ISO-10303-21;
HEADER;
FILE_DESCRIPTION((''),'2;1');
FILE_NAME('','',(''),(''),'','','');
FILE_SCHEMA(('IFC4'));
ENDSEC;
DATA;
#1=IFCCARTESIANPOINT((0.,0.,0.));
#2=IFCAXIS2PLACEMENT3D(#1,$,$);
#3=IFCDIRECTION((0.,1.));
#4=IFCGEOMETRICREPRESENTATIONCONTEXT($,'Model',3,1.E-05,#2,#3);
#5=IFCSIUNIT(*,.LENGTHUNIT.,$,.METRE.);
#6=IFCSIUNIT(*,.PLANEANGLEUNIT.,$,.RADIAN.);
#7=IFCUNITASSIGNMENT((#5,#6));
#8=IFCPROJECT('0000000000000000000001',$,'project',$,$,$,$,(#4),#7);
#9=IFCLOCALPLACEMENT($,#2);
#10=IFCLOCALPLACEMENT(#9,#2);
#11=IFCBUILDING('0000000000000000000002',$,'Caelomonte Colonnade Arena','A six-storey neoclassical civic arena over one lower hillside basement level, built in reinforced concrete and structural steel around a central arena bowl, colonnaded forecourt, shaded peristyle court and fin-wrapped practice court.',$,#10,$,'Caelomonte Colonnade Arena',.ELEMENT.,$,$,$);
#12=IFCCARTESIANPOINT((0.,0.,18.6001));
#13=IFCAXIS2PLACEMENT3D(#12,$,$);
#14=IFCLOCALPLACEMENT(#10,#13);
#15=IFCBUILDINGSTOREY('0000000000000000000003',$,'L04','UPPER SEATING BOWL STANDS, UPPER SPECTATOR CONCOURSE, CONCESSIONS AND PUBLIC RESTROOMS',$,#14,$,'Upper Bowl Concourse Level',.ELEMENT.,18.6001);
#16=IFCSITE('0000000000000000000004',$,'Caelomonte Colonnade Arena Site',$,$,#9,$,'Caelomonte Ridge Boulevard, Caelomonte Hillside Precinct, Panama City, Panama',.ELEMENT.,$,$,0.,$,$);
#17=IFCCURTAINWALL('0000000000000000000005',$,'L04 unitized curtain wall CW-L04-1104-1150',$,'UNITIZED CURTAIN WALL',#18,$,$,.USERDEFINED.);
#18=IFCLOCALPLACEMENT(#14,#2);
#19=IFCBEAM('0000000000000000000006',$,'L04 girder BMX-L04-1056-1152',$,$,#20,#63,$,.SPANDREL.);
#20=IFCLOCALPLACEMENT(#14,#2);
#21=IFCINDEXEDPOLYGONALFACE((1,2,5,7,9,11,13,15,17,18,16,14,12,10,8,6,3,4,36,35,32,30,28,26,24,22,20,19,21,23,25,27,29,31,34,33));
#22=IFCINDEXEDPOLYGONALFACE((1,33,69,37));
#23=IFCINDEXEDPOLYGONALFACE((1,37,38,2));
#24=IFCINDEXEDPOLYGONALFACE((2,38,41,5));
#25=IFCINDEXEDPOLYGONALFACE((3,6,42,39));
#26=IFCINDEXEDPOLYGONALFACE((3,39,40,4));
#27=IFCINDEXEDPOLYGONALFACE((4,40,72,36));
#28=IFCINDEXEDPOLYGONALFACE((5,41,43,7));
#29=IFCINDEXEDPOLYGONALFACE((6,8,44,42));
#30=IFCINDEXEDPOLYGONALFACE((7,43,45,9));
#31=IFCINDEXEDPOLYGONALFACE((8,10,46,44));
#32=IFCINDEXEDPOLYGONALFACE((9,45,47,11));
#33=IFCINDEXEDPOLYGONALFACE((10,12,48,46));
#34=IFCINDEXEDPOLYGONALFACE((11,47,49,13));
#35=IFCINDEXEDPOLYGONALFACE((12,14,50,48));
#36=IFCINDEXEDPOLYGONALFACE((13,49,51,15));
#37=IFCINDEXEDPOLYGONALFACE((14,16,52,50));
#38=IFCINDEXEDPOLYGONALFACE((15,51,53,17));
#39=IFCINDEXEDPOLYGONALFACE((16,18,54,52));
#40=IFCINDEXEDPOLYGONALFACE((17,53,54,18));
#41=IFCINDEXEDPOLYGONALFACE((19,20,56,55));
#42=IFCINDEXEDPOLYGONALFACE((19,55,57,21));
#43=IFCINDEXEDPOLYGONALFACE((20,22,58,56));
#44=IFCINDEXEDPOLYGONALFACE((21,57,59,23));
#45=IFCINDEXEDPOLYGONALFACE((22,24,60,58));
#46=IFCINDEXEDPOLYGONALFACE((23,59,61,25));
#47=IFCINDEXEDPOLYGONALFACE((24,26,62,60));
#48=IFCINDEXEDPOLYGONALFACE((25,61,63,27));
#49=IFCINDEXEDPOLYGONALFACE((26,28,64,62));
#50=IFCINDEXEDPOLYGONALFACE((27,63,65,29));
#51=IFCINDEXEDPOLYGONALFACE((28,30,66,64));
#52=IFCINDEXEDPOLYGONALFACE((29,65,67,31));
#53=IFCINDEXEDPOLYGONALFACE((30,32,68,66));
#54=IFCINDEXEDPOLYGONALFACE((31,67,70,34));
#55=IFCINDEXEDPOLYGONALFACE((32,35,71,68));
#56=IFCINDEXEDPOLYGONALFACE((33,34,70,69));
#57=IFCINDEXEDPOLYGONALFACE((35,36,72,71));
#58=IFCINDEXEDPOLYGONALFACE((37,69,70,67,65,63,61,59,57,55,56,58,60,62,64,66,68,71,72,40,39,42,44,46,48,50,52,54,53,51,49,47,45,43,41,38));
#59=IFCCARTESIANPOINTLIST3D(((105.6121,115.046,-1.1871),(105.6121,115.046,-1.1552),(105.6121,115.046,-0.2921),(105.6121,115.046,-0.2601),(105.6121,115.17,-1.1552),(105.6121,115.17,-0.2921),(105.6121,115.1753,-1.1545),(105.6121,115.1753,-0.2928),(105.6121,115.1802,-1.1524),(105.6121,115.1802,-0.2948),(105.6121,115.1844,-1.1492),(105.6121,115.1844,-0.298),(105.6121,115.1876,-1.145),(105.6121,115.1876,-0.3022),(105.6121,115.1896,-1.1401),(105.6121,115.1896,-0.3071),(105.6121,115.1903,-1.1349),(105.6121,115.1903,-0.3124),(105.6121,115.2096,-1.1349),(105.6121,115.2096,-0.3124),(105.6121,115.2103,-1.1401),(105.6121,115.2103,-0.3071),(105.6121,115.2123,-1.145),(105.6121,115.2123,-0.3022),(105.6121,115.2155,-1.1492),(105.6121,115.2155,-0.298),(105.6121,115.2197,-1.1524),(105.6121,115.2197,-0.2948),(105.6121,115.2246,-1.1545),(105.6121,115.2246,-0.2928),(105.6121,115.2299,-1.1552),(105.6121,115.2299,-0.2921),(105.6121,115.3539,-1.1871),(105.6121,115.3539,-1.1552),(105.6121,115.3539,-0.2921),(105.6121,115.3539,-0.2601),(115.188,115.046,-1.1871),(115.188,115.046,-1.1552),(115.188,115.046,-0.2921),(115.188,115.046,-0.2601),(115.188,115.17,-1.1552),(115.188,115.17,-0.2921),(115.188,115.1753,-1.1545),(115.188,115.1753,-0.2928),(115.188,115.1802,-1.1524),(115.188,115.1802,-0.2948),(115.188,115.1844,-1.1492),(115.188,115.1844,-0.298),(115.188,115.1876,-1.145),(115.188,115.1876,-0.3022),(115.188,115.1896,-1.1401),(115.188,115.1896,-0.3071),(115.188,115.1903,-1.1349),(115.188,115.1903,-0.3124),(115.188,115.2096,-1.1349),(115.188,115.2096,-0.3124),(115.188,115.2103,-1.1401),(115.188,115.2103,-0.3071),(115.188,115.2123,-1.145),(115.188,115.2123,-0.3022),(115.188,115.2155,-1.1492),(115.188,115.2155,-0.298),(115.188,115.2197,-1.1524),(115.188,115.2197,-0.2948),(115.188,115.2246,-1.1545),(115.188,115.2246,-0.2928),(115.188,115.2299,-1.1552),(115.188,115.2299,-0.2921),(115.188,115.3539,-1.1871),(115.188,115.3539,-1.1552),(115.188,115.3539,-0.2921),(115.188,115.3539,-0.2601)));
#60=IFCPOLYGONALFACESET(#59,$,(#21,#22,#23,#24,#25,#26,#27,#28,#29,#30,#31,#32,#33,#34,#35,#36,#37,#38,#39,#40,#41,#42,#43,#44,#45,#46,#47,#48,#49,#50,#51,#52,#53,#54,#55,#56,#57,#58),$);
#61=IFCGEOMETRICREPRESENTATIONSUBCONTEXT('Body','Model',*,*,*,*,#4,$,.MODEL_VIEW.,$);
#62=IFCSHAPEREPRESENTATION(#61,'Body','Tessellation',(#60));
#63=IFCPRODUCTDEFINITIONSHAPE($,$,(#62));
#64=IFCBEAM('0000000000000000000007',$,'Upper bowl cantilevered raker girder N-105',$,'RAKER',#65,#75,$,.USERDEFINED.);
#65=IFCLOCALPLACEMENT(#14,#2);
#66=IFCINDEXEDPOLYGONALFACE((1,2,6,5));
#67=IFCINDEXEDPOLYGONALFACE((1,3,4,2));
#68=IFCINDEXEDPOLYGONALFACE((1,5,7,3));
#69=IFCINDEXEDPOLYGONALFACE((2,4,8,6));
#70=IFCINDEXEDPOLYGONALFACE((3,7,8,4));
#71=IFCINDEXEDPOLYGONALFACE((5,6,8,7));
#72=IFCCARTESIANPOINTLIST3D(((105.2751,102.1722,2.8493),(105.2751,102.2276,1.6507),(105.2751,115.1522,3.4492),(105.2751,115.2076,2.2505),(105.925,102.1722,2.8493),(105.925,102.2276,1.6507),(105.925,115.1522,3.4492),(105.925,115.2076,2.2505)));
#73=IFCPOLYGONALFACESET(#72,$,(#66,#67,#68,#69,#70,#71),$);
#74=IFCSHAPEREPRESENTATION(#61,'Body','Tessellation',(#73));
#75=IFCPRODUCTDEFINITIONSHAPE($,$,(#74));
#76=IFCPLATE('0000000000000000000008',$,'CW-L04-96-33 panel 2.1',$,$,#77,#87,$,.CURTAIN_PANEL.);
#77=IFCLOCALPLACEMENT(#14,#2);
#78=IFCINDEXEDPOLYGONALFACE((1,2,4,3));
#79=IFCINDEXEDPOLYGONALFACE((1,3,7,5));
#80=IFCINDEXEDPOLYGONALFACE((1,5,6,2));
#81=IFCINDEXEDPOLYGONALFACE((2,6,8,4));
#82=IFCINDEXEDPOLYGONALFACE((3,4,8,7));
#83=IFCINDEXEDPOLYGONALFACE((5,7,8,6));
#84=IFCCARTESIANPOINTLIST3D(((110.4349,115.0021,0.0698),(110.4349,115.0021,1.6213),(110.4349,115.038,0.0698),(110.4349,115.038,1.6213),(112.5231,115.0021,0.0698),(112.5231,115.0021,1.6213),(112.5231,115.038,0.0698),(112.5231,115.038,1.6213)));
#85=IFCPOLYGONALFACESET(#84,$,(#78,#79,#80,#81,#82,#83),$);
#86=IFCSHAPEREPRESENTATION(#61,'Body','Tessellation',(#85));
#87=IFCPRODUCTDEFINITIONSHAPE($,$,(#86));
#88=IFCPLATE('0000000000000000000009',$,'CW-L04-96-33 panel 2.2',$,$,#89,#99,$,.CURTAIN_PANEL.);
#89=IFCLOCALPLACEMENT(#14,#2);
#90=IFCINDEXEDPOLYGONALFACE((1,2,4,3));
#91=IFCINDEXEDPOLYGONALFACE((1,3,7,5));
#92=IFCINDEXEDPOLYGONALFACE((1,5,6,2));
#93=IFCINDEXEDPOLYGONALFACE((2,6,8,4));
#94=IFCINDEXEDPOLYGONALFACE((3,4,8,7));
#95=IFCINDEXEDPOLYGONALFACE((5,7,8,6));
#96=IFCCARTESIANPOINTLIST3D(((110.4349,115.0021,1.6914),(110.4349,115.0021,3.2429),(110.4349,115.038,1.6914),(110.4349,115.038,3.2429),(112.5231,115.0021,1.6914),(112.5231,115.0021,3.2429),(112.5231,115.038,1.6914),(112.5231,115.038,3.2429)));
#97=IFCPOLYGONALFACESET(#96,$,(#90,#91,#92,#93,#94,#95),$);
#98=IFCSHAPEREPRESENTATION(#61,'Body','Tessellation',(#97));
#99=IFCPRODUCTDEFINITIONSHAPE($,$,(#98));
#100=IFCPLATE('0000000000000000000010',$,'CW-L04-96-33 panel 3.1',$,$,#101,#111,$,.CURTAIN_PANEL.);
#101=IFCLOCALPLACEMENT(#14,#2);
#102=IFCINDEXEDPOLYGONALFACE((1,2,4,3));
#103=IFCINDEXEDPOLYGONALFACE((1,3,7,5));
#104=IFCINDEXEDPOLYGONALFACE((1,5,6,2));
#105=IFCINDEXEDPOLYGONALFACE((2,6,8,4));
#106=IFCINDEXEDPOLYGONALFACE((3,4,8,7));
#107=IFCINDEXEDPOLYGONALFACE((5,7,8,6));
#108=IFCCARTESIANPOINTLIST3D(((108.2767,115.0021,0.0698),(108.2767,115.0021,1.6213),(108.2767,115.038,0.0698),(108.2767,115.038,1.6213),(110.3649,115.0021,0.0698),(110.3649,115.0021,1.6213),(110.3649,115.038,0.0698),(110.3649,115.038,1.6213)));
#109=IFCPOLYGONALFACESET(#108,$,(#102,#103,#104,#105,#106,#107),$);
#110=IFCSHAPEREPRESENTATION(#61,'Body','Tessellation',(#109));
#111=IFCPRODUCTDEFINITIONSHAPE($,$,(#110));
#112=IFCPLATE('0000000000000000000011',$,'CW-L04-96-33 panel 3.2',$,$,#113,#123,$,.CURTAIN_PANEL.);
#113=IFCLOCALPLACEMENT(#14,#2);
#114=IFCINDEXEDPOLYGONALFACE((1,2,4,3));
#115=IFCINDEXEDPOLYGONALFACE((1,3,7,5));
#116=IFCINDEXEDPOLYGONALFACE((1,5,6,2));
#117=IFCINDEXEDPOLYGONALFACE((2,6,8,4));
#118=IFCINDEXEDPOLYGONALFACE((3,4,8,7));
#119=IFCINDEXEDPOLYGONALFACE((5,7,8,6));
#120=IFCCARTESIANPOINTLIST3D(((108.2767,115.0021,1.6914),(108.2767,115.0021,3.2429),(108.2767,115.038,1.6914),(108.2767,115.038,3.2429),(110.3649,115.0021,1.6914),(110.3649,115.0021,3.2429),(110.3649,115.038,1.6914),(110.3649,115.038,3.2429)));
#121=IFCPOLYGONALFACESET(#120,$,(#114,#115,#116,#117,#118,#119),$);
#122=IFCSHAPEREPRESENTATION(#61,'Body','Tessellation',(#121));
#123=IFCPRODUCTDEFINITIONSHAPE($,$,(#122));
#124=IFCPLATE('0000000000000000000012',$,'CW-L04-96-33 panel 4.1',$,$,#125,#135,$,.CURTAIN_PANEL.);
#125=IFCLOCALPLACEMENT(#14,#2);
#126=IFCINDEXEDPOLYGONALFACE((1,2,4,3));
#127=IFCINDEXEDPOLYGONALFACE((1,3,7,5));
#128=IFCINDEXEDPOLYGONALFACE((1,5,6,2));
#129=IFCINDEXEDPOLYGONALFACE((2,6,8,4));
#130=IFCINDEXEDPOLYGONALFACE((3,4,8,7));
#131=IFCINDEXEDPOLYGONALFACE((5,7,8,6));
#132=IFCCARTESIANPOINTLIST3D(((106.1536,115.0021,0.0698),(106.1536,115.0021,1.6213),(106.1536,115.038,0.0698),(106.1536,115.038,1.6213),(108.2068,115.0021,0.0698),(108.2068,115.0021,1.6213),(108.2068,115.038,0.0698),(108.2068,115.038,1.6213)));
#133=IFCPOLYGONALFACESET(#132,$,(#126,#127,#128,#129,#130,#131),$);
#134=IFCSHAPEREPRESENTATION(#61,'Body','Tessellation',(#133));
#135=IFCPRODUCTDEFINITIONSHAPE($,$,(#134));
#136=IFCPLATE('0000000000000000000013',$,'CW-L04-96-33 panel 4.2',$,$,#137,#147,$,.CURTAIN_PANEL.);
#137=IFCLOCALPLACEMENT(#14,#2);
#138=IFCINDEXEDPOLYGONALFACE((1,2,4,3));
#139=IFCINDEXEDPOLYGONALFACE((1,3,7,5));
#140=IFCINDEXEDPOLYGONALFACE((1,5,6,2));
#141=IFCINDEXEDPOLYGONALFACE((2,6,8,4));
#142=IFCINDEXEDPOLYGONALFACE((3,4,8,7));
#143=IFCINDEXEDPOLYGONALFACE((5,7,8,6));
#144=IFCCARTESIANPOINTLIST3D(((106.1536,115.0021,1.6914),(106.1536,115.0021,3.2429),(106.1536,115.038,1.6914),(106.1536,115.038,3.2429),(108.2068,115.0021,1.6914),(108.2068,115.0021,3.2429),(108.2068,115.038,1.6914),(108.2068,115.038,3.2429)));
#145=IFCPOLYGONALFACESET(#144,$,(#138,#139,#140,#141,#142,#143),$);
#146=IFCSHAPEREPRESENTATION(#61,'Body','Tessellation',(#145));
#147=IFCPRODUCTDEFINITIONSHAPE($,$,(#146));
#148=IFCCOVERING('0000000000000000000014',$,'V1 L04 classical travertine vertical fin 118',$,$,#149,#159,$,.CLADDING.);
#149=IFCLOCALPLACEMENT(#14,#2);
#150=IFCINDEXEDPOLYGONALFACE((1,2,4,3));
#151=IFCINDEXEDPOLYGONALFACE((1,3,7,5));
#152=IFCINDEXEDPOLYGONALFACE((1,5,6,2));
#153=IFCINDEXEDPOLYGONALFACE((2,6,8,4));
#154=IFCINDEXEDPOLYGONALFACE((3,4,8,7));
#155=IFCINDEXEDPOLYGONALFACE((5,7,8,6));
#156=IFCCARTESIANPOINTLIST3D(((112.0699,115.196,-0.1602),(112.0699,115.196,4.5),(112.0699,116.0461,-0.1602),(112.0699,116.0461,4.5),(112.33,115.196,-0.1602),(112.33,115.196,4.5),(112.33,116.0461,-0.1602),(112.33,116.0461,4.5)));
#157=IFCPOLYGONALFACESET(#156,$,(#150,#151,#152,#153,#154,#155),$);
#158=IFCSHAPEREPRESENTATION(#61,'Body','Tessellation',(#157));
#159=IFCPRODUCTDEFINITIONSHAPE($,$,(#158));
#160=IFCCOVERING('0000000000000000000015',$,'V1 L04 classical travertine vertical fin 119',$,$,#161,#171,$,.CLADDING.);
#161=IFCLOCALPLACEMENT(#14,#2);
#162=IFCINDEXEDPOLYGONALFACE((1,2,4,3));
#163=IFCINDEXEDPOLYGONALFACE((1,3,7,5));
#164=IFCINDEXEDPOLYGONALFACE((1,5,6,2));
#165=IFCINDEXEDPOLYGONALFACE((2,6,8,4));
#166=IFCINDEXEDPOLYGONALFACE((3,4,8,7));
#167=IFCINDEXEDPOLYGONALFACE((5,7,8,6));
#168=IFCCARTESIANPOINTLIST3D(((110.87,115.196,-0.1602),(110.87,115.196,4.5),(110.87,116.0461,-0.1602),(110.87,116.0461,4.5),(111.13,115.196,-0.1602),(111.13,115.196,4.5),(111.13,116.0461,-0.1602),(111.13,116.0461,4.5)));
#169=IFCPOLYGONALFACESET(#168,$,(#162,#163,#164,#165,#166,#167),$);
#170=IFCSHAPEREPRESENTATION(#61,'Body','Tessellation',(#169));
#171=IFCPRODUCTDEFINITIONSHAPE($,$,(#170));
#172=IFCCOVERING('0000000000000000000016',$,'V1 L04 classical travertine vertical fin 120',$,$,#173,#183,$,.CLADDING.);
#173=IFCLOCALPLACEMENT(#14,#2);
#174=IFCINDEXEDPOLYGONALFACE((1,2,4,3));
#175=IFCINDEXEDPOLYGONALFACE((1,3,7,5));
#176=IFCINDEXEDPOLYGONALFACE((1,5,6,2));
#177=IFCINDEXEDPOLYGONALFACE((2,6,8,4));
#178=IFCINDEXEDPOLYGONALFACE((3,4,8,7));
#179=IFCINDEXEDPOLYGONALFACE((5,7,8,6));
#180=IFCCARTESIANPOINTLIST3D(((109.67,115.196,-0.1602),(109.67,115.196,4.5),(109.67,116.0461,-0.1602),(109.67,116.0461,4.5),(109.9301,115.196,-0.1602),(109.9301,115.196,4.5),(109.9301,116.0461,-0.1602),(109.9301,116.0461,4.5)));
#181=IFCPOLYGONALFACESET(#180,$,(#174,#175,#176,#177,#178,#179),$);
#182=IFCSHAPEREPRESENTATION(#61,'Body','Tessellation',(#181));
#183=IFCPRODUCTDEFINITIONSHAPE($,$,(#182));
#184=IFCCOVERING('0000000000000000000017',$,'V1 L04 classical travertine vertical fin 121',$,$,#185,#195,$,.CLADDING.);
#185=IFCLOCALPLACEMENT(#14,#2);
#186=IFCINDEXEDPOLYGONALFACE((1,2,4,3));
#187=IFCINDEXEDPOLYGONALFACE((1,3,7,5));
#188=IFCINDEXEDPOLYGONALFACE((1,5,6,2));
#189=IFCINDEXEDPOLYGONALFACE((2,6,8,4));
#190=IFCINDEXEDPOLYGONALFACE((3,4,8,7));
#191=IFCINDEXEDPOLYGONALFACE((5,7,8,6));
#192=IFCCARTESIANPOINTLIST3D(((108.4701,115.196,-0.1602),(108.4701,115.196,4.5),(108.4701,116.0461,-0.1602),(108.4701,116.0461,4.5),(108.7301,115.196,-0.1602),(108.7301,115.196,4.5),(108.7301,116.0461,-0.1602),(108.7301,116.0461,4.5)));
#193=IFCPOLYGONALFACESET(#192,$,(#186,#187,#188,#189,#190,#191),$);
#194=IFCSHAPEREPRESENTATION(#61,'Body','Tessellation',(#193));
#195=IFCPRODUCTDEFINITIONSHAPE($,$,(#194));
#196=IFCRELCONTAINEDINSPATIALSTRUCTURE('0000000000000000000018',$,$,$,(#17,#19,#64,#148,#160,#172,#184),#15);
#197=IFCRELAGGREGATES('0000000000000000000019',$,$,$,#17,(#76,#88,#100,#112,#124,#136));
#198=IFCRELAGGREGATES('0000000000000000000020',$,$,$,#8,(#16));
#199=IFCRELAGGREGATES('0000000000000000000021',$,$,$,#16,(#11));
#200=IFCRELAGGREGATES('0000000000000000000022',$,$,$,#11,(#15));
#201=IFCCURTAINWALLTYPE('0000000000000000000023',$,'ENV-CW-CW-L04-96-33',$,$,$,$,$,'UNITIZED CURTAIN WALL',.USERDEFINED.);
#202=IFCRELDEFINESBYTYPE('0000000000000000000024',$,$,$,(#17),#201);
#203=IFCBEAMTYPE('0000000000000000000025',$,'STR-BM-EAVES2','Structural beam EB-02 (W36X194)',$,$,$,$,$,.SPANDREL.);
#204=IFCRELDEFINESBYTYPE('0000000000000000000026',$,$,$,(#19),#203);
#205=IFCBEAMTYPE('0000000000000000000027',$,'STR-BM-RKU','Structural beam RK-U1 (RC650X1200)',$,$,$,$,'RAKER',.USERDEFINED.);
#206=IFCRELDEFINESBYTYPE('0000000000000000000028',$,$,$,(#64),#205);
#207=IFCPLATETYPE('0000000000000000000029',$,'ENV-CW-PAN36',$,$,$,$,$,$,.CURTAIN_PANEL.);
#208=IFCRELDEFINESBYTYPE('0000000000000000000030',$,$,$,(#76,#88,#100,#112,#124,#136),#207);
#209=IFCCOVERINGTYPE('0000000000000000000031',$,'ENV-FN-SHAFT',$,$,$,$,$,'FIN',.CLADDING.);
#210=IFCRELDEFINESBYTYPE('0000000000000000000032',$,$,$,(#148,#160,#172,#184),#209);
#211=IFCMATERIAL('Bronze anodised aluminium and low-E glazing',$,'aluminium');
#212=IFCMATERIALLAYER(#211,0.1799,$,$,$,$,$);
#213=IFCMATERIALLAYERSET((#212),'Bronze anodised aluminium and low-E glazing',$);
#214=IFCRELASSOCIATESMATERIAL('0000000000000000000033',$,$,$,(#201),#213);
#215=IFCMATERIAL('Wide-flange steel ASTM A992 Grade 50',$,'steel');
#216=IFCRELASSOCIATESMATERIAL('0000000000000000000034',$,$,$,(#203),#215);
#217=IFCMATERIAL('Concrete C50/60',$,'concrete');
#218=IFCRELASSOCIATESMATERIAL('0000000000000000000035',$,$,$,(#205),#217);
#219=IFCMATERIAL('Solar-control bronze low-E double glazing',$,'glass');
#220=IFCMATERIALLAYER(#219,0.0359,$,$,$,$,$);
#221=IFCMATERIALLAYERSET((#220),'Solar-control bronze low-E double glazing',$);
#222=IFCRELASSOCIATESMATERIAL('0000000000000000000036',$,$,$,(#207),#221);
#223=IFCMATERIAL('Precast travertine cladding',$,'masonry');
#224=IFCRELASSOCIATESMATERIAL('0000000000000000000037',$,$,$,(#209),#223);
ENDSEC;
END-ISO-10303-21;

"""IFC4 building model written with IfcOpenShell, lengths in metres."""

from ifc_helpers import new_model, si_unit, direction, frame, origin, origin_2d, place, context, subcontext, project, spatial, rectangle, i_section, extrude, material, layer, layer_set, material_profile, profile_set, type_object, element, aggregate, save


model = new_model("IFC4")

# Units and contexts
model_context = context("Model", 3, precision=1e-05, world=origin(), true_north=direction((0.0, 1.0)))
body_context = subcontext(model_context, "Body", "Model", "MODEL_VIEW")
ifc_project = project(units=[si_unit("LENGTHUNIT", "METRE"), si_unit("PLANEANGLEUNIT", "RADIAN")], contexts=[model_context])

# Site, building, storey
site_placement = place(None, origin())
site = spatial("IfcSite", under=ifc_project, at=site_placement, Name="Caelomonte Colonnade Arena Site", LongName="Caelomonte Ridge Boulevard, Caelomonte Hillside Precinct, Panama City, Panama", CompositionType="ELEMENT", RefElevation=0.0)
building_placement = place(site_placement, origin())
building = spatial("IfcBuilding", under=site, at=building_placement, Name="Caelomonte Colonnade Arena", Description="A six-storey neoclassical civic arena over one lower hillside basement level, built in reinforced concrete and structural steel around a central arena bowl, colonnaded forecourt, shaded peristyle court and fin-wrapped practice court.", LongName="Caelomonte Colonnade Arena", CompositionType="ELEMENT")
storey_placement = place(building_placement, frame((0.0, 0.0, 18.6001)))
storey = spatial("IfcBuildingStorey", under=building, at=storey_placement, Name="L04", Description="UPPER SEATING BOWL STANDS, UPPER SPECTATOR CONCOURSE, CONCESSIONS AND PUBLIC RESTROOMS", LongName="Upper Bowl Concourse Level", CompositionType="ELEMENT", Elevation=18.6001)

# Shared definitions
ifc_material_1 = material(Name="Wide-flange steel ASTM A992 Grade 50", Category="steel")

# Curtain wall
ifc_material_2 = material(Name="Bronze anodised aluminium and low-E glazing", Category="aluminium")
ifc_layer_1 = layer(ifc_material_2, 0.1799)
ifc_layer_set_1 = layer_set([ifc_layer_1], Name="Bronze anodised aluminium and low-E glazing")
curtain_wall_type = type_object("IfcCurtainWallType", Name="ENV-CW-CW-L04-96-33", ElementType="UNITIZED CURTAIN WALL", PredefinedType="USERDEFINED", material=ifc_layer_set_1)
curtain_wall_placement = place(storey_placement, origin())
curtain_wall = element("IfcCurtainWall", 1, at=curtain_wall_placement, inside=storey, type_object=curtain_wall_type, Name="L04 unitized curtain wall CW-L04-1104-1150", ObjectType="UNITIZED CURTAIN WALL", PredefinedType="USERDEFINED")

# Beams
ifc_material_profile_1 = material_profile(ifc_material_1, i_section(OverallWidth=0.3079, OverallDepth=0.927, WebThickness=0.0193, FlangeThickness=0.032, FilletRadius=0.0203, at=origin_2d()), Name="W36X194")
ifc_profile_set_1 = profile_set([ifc_material_profile_1], Name="Wide-flange steel ASTM A992 Grade 50")
beam_type_1 = type_object("IfcBeamType", Name="STR-BM-EAVES2", Description="Structural beam EB-02 (W36X194)", PredefinedType="SPANDREL", material=ifc_profile_set_1)
beam_1_placement = place(storey_placement, frame((105.6121, 115.2, -0.7236), z_axis=(1.0, 0.0, 0.0), x_axis=(0.0, 1.0, 0.0)))
element("IfcBeam", 2, at=beam_1_placement, inside=storey, type_object=beam_type_1, Name="L04 girder BMX-L04-1056-1152", PredefinedType="SPANDREL", context=body_context, shape_type="SweptSolid", body=[
    extrude(i_section(OverallWidth=0.3079, OverallDepth=0.927, WebThickness=0.0193, FlangeThickness=0.032, FilletRadius=0.0203, at=origin_2d()), origin(), (0.0, 0.0, 1.0), 9.5759),
])
ifc_material_3 = material(Name="Concrete C50/60", Category="concrete")
ifc_material_profile_2 = material_profile(ifc_material_3, rectangle(XDim=0.6499, YDim=1.2, at=origin_2d()), Name="RC650X1200")
ifc_profile_set_2 = profile_set([ifc_material_profile_2], Name="Concrete C50/60")
beam_type_2 = type_object("IfcBeamType", Name="STR-BM-RKU", Description="Structural beam RK-U1 (RC650X1200)", ElementType="RAKER", PredefinedType="USERDEFINED", material=ifc_profile_set_2)
beam_2_placement = place(storey_placement, frame((105.6001, 115.1799, 2.8499), z_axis=(0.0, -0.998934, -0.046164), x_axis=(1.0, 0.0, 0.0)))
element("IfcBeam", 3, at=beam_2_placement, inside=storey, type_object=beam_type_2, Name="Upper bowl cantilevered raker girder N-105", ObjectType="RAKER", PredefinedType="USERDEFINED", context=body_context, shape_type="SweptSolid", body=[
    extrude(rectangle(XDim=0.6499, YDim=1.2, at=origin_2d()), origin(), (0.0, 0.0, 1.0), 12.9939),
])

# Plates
ifc_material_4 = material(Name="Solar-control bronze low-E double glazing", Category="glass")
ifc_layer_2 = layer(ifc_material_4, 0.0359)
ifc_layer_set_2 = layer_set([ifc_layer_2], Name="Solar-control bronze low-E double glazing")
plate_type = type_object("IfcPlateType", Name="ENV-CW-PAN36", PredefinedType="CURTAIN_PANEL", material=ifc_layer_set_2)
plate_1_placement = place(storey_placement, frame((111.479, 115.02, 0.0698), z_axis=(0.0, 0.0, 1.0), x_axis=(-1.0, 0.0, 0.0)))
plate_1 = element("IfcPlate", 4, at=plate_1_placement, type_object=plate_type, Name="CW-L04-96-33 panel 2.1", PredefinedType="CURTAIN_PANEL", context=body_context, shape_type="SweptSolid", body=[
    extrude(rectangle(XDim=2.0881, YDim=0.0359, at=origin_2d()), origin(), (0.0, 0.0, 1.0), 1.5515),
])
plate_2_placement = place(storey_placement, frame((111.479, 115.02, 1.6914), z_axis=(0.0, 0.0, 1.0), x_axis=(-1.0, 0.0, 0.0)))
plate_2 = element("IfcPlate", 5, at=plate_2_placement, type_object=plate_type, Name="CW-L04-96-33 panel 2.2", PredefinedType="CURTAIN_PANEL", context=body_context, shape_type="SweptSolid", body=[
    extrude(rectangle(XDim=2.0881, YDim=0.0359, at=origin_2d()), origin(), (0.0, 0.0, 1.0), 1.5515),
])
plate_3_placement = place(storey_placement, frame((109.3208, 115.02, 0.0698), z_axis=(0.0, 0.0, 1.0), x_axis=(-1.0, 0.0, 0.0)))
plate_3 = element("IfcPlate", 6, at=plate_3_placement, type_object=plate_type, Name="CW-L04-96-33 panel 3.1", PredefinedType="CURTAIN_PANEL", context=body_context, shape_type="SweptSolid", body=[
    extrude(rectangle(XDim=2.0881, YDim=0.0359, at=origin_2d()), origin(), (0.0, 0.0, 1.0), 1.5515),
])
plate_4_placement = place(storey_placement, frame((109.3208, 115.02, 1.6914), z_axis=(0.0, 0.0, 1.0), x_axis=(-1.0, 0.0, 0.0)))
plate_4 = element("IfcPlate", 7, at=plate_4_placement, type_object=plate_type, Name="CW-L04-96-33 panel 3.2", PredefinedType="CURTAIN_PANEL", context=body_context, shape_type="SweptSolid", body=[
    extrude(rectangle(XDim=2.0881, YDim=0.0359, at=origin_2d()), origin(), (0.0, 0.0, 1.0), 1.5515),
])
plate_5_placement = place(storey_placement, frame((107.1802, 115.02, 0.0698), z_axis=(0.0, 0.0, 1.0), x_axis=(-1.0, 0.0, 0.0)))
plate_5 = element("IfcPlate", 8, at=plate_5_placement, type_object=plate_type, Name="CW-L04-96-33 panel 4.1", PredefinedType="CURTAIN_PANEL", context=body_context, shape_type="SweptSolid", body=[
    extrude(rectangle(XDim=2.0532, YDim=0.0359, at=origin_2d()), origin(), (0.0, 0.0, 1.0), 1.5515),
])
plate_6_placement = place(storey_placement, frame((107.1802, 115.02, 1.6914), z_axis=(0.0, 0.0, 1.0), x_axis=(-1.0, 0.0, 0.0)))
plate_6 = element("IfcPlate", 9, at=plate_6_placement, type_object=plate_type, Name="CW-L04-96-33 panel 4.2", PredefinedType="CURTAIN_PANEL", context=body_context, shape_type="SweptSolid", body=[
    extrude(rectangle(XDim=2.0532, YDim=0.0359, at=origin_2d()), origin(), (0.0, 0.0, 1.0), 1.5515),
])
aggregate(curtain_wall, [plate_1, plate_2, plate_3, plate_4, plate_5, plate_6])

# Coverings
ifc_material_5 = material(Name="Precast travertine cladding", Category="masonry")
ifc_material_profile_3 = material_profile(ifc_material_5, rectangle(XDim=0.26, YDim=0.8501, at=origin_2d()), Name="FIN260X850")
ifc_profile_set_3 = profile_set([ifc_material_profile_3], Name="Precast travertine cladding")
covering_type = type_object("IfcCoveringType", Name="ENV-FN-SHAFT", ElementType="FIN", PredefinedType="CLADDING", material=ifc_profile_set_3)
for number, where, z_axis, x_axis, name in (
    (10, (112.2, 115.6211, -0.1602), (0.0, 0.0, 1.0), (1.0, 0.0, 0.0), "V1 L04 classical travertine vertical fin 118"),
    (11, (111.0, 115.6211, -0.1602), (0.0, 0.0, 1.0), (1.0, 0.0, 0.0), "V1 L04 classical travertine vertical fin 119"),
    (12, (109.8, 115.6211, -0.1602), (0.0, 0.0, 1.0), (1.0, 0.0, 0.0), "V1 L04 classical travertine vertical fin 120"),
    (13, (108.6001, 115.6211, -0.1602), (0.0, 0.0, 1.0), (1.0, 0.0, 0.0), "V1 L04 classical travertine vertical fin 121"),
):
    element("IfcCovering", number, at=place(storey_placement, frame(where, z_axis=z_axis, x_axis=x_axis)), inside=storey, type_object=covering_type, Name=name, PredefinedType="CLADDING", context=body_context, shape_type="SweptSolid", body=[
        extrude(rectangle(XDim=0.26, YDim=0.8501, at=origin_2d()), origin(), (0.0, 0.0, 1.0), 4.6602),
    ])

save(model, "model.ifc")
